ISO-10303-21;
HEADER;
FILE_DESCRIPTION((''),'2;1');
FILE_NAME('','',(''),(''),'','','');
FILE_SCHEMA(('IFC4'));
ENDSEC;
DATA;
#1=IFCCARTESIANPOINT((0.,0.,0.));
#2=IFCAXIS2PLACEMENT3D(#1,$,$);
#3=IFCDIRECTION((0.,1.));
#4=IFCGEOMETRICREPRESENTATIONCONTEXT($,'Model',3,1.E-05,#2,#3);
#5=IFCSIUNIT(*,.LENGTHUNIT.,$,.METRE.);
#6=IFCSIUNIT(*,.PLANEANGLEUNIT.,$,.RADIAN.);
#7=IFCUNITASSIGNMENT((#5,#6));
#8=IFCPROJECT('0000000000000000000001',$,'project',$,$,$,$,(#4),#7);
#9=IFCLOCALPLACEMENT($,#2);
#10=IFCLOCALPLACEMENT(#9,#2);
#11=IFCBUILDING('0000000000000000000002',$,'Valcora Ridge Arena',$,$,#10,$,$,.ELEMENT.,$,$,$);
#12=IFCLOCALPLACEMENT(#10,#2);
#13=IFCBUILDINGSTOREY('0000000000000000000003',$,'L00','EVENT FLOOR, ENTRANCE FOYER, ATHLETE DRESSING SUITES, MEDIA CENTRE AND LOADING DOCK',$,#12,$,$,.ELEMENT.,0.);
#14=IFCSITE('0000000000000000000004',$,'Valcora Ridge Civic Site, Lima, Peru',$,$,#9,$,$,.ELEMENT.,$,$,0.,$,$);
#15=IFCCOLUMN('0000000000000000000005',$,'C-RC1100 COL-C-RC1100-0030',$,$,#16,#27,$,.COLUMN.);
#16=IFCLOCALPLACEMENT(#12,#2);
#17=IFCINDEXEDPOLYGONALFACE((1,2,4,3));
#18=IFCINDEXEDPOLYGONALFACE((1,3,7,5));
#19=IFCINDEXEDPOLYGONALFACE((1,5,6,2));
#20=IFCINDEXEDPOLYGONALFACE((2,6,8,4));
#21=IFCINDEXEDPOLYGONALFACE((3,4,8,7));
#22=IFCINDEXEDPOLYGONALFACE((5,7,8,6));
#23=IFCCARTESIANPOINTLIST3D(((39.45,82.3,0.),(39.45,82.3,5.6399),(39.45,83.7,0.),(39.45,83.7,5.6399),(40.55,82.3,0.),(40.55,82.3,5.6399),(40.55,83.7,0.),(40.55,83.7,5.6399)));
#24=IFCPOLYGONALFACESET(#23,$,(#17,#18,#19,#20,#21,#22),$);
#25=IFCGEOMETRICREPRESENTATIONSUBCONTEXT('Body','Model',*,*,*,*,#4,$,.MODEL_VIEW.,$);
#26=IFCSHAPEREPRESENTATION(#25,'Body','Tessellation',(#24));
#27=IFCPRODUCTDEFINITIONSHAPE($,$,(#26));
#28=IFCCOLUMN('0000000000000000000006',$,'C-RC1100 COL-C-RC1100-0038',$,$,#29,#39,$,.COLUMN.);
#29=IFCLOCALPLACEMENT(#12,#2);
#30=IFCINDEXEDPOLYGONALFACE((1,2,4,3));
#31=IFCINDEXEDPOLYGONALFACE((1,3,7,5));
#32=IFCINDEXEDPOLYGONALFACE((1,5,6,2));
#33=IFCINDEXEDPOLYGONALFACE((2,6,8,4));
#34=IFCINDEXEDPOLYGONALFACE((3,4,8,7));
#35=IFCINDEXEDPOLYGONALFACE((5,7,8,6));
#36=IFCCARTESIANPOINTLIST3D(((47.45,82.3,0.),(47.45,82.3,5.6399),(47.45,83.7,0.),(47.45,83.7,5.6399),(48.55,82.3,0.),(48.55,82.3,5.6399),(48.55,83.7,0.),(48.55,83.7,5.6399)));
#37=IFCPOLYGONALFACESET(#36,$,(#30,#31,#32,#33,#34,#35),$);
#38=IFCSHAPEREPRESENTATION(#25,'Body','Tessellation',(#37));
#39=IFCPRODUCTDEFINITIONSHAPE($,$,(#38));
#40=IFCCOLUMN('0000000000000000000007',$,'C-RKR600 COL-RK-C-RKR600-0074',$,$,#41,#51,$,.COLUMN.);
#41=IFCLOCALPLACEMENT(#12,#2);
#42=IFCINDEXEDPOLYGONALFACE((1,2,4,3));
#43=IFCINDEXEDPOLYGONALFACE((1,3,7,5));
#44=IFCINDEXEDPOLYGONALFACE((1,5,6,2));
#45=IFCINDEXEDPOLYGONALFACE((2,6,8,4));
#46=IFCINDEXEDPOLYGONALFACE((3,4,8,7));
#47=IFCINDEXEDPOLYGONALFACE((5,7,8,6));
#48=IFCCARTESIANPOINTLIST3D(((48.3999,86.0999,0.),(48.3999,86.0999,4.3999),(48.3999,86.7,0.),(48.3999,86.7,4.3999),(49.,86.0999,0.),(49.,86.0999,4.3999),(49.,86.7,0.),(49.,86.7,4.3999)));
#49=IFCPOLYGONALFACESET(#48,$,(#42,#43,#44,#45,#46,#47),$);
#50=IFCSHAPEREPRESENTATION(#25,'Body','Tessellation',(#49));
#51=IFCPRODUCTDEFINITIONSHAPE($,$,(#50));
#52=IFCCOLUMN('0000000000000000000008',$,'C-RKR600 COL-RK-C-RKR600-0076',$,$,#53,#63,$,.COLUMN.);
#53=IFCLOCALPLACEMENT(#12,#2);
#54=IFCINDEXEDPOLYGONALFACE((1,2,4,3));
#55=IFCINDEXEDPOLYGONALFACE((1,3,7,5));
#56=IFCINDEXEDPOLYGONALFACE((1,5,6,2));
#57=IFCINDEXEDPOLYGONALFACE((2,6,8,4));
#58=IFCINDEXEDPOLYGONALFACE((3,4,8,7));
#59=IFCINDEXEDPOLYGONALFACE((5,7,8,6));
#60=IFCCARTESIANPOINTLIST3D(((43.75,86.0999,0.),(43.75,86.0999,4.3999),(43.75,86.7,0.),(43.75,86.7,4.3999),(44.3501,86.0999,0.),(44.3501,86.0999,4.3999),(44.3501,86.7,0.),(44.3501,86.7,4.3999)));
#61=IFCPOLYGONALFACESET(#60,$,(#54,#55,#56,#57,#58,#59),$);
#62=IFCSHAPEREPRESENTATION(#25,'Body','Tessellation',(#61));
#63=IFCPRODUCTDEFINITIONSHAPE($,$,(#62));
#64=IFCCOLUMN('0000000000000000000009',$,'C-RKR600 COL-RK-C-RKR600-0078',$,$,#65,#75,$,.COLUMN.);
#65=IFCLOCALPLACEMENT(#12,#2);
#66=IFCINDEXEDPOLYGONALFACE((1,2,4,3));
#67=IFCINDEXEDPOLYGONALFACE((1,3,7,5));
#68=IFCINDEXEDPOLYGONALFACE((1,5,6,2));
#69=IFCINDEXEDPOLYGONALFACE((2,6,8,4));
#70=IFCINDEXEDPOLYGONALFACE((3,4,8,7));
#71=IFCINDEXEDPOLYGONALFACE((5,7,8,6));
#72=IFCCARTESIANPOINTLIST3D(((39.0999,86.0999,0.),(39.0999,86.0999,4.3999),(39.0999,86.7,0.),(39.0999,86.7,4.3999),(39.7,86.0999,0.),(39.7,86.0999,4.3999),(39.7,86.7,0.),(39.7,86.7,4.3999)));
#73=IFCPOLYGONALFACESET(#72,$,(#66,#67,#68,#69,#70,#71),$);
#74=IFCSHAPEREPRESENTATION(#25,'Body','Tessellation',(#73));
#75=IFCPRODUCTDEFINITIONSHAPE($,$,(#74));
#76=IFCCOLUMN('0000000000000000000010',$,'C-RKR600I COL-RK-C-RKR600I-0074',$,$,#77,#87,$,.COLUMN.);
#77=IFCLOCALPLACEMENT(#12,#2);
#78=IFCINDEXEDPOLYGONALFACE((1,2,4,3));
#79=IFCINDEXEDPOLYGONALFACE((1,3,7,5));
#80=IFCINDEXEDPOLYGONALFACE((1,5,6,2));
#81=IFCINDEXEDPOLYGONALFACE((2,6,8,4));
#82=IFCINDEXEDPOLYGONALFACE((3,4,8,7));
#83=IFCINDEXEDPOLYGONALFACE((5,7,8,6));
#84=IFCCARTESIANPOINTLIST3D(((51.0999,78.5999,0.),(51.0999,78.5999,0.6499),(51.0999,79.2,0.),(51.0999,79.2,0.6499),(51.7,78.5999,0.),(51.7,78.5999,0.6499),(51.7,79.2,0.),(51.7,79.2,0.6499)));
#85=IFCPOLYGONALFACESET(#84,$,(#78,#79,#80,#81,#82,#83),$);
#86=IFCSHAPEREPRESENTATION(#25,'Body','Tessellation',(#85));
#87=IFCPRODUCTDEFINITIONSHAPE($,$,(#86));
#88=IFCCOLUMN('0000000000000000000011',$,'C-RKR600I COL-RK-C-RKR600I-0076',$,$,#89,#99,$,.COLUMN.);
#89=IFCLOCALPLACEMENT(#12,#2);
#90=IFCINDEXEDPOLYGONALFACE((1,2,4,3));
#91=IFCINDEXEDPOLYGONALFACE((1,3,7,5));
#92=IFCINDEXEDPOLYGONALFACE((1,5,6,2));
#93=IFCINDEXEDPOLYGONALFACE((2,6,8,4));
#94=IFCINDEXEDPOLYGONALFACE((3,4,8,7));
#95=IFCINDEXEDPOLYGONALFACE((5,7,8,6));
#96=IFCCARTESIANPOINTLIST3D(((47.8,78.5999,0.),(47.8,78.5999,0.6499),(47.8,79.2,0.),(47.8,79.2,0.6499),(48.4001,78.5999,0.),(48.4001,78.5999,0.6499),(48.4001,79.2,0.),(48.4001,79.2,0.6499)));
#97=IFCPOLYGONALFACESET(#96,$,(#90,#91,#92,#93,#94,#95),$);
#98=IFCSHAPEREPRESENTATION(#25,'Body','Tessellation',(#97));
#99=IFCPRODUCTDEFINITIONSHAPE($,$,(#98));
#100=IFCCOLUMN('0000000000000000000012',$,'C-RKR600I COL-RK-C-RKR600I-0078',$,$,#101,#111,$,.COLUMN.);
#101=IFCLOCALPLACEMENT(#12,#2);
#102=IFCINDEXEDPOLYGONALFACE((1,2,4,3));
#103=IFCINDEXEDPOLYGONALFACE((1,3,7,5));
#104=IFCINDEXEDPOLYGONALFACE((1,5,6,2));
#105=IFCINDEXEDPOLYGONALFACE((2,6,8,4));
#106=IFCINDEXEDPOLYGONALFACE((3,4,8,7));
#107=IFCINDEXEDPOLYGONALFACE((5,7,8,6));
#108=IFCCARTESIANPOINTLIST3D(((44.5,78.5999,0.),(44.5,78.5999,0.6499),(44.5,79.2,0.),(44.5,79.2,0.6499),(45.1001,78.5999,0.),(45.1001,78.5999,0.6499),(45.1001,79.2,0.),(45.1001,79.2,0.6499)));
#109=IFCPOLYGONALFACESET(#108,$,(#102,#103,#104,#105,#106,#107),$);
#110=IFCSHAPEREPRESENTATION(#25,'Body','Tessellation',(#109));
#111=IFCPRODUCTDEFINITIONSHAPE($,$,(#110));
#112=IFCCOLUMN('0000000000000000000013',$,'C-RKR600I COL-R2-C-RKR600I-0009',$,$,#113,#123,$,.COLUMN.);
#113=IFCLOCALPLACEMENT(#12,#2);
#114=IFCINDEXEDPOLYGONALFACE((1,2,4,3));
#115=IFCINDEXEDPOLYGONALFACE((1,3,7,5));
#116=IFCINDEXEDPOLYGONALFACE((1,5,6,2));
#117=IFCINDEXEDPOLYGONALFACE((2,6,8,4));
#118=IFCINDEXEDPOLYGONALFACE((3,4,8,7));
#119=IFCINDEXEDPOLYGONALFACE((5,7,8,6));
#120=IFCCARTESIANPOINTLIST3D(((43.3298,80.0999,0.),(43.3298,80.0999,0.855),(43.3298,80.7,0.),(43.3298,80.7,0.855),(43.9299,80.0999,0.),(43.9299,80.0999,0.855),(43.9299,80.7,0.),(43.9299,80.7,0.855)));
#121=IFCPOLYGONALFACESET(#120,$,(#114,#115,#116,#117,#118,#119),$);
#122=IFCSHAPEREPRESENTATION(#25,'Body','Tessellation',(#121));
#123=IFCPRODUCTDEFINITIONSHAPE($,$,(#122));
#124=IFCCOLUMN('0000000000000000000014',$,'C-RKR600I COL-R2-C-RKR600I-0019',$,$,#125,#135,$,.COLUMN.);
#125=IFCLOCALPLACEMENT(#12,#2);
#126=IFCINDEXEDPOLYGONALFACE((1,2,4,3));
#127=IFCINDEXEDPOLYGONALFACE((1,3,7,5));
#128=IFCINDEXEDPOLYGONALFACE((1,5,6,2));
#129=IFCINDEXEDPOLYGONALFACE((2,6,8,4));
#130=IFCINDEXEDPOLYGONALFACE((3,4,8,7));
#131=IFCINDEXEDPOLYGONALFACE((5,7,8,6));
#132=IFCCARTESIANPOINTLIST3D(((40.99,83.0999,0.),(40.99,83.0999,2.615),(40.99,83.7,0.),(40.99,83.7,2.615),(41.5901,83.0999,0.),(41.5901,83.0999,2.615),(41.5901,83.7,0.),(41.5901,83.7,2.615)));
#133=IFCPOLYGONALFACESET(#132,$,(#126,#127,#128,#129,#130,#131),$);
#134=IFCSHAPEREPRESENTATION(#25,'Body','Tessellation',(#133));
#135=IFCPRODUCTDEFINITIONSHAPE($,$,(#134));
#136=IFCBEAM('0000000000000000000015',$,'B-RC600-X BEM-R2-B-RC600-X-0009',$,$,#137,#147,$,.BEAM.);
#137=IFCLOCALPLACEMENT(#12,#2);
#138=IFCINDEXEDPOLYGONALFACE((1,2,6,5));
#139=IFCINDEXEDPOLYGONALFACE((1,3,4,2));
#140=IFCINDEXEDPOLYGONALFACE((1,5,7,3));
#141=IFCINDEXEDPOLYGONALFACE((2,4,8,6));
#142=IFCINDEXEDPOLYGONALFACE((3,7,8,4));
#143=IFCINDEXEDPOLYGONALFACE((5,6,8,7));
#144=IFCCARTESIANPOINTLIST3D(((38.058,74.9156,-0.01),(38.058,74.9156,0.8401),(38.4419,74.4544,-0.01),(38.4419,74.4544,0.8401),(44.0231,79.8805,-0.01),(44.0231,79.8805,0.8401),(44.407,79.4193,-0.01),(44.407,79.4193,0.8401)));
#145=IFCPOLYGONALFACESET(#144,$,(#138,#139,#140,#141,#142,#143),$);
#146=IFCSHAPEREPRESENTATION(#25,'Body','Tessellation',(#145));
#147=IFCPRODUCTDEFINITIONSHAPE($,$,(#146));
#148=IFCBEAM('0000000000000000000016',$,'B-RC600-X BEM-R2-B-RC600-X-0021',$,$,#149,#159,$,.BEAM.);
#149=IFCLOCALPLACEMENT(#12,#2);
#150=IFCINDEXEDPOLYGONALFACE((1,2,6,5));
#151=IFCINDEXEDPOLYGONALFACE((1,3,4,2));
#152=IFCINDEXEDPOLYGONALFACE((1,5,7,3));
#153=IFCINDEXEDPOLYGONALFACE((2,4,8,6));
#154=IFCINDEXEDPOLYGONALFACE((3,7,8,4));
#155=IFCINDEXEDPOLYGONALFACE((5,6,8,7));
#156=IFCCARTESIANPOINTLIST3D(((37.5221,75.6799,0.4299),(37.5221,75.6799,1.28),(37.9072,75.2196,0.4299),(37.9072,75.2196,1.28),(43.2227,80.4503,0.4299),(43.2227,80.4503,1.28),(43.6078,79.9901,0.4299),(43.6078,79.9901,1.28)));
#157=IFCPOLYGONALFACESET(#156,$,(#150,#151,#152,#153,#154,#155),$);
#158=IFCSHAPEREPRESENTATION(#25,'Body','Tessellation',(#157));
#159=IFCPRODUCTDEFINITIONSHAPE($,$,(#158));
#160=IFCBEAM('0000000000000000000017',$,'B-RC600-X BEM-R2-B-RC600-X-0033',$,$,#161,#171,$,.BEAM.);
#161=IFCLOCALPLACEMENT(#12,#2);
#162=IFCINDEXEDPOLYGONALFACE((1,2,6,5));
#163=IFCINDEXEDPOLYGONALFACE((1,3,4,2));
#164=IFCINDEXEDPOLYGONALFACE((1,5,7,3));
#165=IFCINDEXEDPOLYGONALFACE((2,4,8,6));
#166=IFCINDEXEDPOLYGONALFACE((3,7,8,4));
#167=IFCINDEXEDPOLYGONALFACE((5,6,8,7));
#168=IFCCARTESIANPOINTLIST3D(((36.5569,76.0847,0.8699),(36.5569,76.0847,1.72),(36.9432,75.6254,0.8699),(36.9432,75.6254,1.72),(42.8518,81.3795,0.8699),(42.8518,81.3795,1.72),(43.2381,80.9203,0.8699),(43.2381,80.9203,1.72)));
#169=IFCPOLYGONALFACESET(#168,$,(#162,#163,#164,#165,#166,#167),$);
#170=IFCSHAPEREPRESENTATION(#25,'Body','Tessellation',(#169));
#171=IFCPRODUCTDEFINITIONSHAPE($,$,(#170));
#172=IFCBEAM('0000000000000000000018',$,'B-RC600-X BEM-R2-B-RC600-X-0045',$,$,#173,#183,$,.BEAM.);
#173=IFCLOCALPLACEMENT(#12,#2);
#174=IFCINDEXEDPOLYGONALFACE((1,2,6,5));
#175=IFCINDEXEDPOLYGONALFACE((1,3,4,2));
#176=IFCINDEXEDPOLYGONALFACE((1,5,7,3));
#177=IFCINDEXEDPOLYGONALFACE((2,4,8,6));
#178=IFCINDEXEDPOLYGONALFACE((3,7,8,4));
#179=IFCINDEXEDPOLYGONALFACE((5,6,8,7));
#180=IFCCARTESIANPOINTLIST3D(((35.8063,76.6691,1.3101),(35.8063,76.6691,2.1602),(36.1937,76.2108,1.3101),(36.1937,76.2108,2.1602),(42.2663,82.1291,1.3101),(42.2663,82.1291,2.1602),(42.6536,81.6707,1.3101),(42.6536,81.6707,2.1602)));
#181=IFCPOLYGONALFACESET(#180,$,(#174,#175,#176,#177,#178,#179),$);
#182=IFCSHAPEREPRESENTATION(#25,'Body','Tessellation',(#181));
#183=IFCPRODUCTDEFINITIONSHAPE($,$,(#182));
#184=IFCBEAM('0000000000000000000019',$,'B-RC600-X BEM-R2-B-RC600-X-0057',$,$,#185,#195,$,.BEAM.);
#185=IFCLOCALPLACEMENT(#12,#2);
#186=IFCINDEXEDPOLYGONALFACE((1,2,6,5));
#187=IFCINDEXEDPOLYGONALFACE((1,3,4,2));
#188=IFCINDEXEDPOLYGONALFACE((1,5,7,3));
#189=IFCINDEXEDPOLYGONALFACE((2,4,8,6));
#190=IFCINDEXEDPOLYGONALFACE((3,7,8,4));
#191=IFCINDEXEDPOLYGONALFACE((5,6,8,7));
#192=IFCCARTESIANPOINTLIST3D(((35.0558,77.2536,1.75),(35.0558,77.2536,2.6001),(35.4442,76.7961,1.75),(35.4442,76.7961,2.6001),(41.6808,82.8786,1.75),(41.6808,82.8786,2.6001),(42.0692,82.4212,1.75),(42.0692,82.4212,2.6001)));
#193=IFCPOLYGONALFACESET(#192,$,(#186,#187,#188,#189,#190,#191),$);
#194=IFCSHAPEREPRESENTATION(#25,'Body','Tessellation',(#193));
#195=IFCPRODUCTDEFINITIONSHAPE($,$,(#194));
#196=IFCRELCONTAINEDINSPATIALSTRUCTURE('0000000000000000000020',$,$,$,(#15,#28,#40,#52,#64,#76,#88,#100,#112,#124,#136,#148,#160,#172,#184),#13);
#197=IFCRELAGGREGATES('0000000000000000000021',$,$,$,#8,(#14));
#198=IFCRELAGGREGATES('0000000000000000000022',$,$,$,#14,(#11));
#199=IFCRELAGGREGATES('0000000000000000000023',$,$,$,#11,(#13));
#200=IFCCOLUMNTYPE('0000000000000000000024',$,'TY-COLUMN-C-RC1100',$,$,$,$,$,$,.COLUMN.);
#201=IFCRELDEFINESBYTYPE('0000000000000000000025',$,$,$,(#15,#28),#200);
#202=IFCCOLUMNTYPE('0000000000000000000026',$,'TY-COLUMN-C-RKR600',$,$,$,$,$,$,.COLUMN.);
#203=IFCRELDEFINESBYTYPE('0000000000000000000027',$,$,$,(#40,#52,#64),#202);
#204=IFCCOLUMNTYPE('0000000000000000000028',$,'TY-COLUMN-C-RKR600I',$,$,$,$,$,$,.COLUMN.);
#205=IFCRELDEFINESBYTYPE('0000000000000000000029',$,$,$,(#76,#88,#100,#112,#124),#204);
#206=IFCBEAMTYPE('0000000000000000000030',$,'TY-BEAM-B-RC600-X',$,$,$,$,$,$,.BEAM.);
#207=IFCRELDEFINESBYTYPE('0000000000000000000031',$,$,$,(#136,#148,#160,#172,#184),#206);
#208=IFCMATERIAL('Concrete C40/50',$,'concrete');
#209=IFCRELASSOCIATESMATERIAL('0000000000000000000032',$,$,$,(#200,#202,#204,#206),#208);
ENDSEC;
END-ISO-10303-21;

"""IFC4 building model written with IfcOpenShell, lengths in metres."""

from ifc_helpers import new_model, si_unit, direction, frame, origin, origin_2d, place, context, subcontext, project, spatial, rectangle, extrude, material, material_profile, profile_set, type_object, element, save


model = new_model("IFC4")

# Units and contexts
model_context = context("Model", 3, precision=1e-05, world=origin(), true_north=direction((0.0, 1.0)))
body_context = subcontext(model_context, "Body", "Model", "MODEL_VIEW")
ifc_project = project(units=[si_unit("LENGTHUNIT", "METRE"), si_unit("PLANEANGLEUNIT", "RADIAN")], contexts=[model_context])

# Site, building, storey
site_placement = place(None, origin())
site = spatial("IfcSite", under=ifc_project, at=site_placement, Name="Valcora Ridge Civic Site, Lima, Peru", CompositionType="ELEMENT", RefElevation=0.0)
building_placement = place(site_placement, origin())
building = spatial("IfcBuilding", under=site, at=building_placement, Name="Valcora Ridge Arena", CompositionType="ELEMENT")
storey_placement = place(building_placement, origin())
storey = spatial("IfcBuildingStorey", under=building, at=storey_placement, Name="L00", Description="EVENT FLOOR, ENTRANCE FOYER, ATHLETE DRESSING SUITES, MEDIA CENTRE AND LOADING DOCK", CompositionType="ELEMENT", Elevation=0.0)

# Columns
ifc_material_1 = material(Name="Concrete C40/50", Category="concrete")
ifc_material_profile_1 = material_profile(ifc_material_1, rectangle(XDim=1.1001, YDim=1.3999, at=origin_2d()), Name="RC 1100x1400")
ifc_profile_set_1 = profile_set([ifc_material_profile_1], Name="Concrete C40/50")
column_type_1 = type_object("IfcColumnType", Name="TY-COLUMN-C-RC1100", PredefinedType="COLUMN", material=ifc_profile_set_1)
for number, where, z_axis, x_axis, name in (
    (1, (40.0, 83.0, 0.0), (0.0, 0.0, 1.0), (1.0, 0.0, 0.0), "C-RC1100 COL-C-RC1100-0030"),
    (2, (48.0, 83.0, 0.0), (0.0, 0.0, 1.0), (1.0, 0.0, 0.0), "C-RC1100 COL-C-RC1100-0038"),
):
    element("IfcColumn", number, at=place(storey_placement, frame(where, z_axis=z_axis, x_axis=x_axis)), inside=storey, type_object=column_type_1, Name=name, PredefinedType="COLUMN", context=body_context, shape_type="SweptSolid", body=[
        extrude(rectangle(XDim=1.1001, YDim=1.3999, at=origin_2d()), origin(), (0.0, 0.0, 1.0), 5.6399),
    ])
ifc_material_profile_2 = material_profile(ifc_material_1, rectangle(XDim=0.6001, YDim=0.6001, at=origin_2d()), Name="RC 600x600")
ifc_profile_set_2 = profile_set([ifc_material_profile_2], Name="Concrete C40/50")
column_type_2 = type_object("IfcColumnType", Name="TY-COLUMN-C-RKR600", PredefinedType="COLUMN", material=ifc_profile_set_2)
for number, where, z_axis, x_axis, name in (
    (3, (48.7, 86.3999, 0.0), (0.0, 0.0, 1.0), (1.0, 0.0, 0.0), "C-RKR600 COL-RK-C-RKR600-0074"),
    (4, (44.05, 86.3999, 0.0), (0.0, 0.0, 1.0), (1.0, 0.0, 0.0), "C-RKR600 COL-RK-C-RKR600-0076"),
    (5, (39.3999, 86.3999, 0.0), (0.0, 0.0, 1.0), (1.0, 0.0, 0.0), "C-RKR600 COL-RK-C-RKR600-0078"),
):
    element("IfcColumn", number, at=place(storey_placement, frame(where, z_axis=z_axis, x_axis=x_axis)), inside=storey, type_object=column_type_2, Name=name, PredefinedType="COLUMN", context=body_context, shape_type="SweptSolid", body=[
        extrude(rectangle(XDim=0.6001, YDim=0.6001, at=origin_2d()), origin(), (0.0, 0.0, 1.0), 4.3999),
    ])
ifc_material_profile_3 = material_profile(ifc_material_1, rectangle(XDim=0.6001, YDim=0.6001, at=origin_2d()), Name="RC 600x600")
ifc_profile_set_3 = profile_set([ifc_material_profile_3], Name="Concrete C40/50")
column_type_3 = type_object("IfcColumnType", Name="TY-COLUMN-C-RKR600I", PredefinedType="COLUMN", material=ifc_profile_set_3)
for number, where, z_axis, x_axis, name in (
    (6, (51.3999, 78.8999, 0.0), (0.0, 0.0, 1.0), (1.0, 0.0, 0.0), "C-RKR600I COL-RK-C-RKR600I-0074"),
    (7, (48.1001, 78.8999, 0.0), (0.0, 0.0, 1.0), (1.0, 0.0, 0.0), "C-RKR600I COL-RK-C-RKR600I-0076"),
    (8, (44.8, 78.8999, 0.0), (0.0, 0.0, 1.0), (1.0, 0.0, 0.0), "C-RKR600I COL-RK-C-RKR600I-0078"),
):
    element("IfcColumn", number, at=place(storey_placement, frame(where, z_axis=z_axis, x_axis=x_axis)), inside=storey, type_object=column_type_3, Name=name, PredefinedType="COLUMN", context=body_context, shape_type="SweptSolid", body=[
        extrude(rectangle(XDim=0.6001, YDim=0.6001, at=origin_2d()), origin(), (0.0, 0.0, 1.0), 0.6499),
    ])
column_1_placement = place(storey_placement, frame((43.6299, 80.3999, 0.0), z_axis=(0.0, 0.0, 1.0), x_axis=(1.0, 0.0, 0.0)))
element("IfcColumn", 9, at=column_1_placement, inside=storey, type_object=column_type_3, Name="C-RKR600I COL-R2-C-RKR600I-0009", PredefinedType="COLUMN", context=body_context, shape_type="SweptSolid", body=[
    extrude(rectangle(XDim=0.6001, YDim=0.6001, at=origin_2d()), origin(), (0.0, 0.0, 1.0), 0.855),
])
column_2_placement = place(storey_placement, frame((41.29, 83.3999, 0.0), z_axis=(0.0, 0.0, 1.0), x_axis=(1.0, 0.0, 0.0)))
element("IfcColumn", 10, at=column_2_placement, inside=storey, type_object=column_type_3, Name="C-RKR600I COL-R2-C-RKR600I-0019", PredefinedType="COLUMN", context=body_context, shape_type="SweptSolid", body=[
    extrude(rectangle(XDim=0.6001, YDim=0.6001, at=origin_2d()), origin(), (0.0, 0.0, 1.0), 2.615),
])

# Beams
ifc_material_profile_4 = material_profile(ifc_material_1, rectangle(XDim=0.6001, YDim=0.8501, at=origin_2d()), Name="RC 600x850")
ifc_profile_set_4 = profile_set([ifc_material_profile_4], Name="Concrete C40/50")
beam_type = type_object("IfcBeamType", Name="TY-BEAM-B-RC600-X", PredefinedType="BEAM", material=ifc_profile_set_4)
beam_1_placement = place(storey_placement, frame((44.2151, 79.6499, 0.415), z_axis=(-0.768605, -0.639723, 0.0), x_axis=(0.639723, -0.768605, 0.0)))
element("IfcBeam", 11, at=beam_1_placement, inside=storey, type_object=beam_type, Name="B-RC600-X BEM-R2-B-RC600-X-0009", PredefinedType="BEAM", context=body_context, shape_type="SweptSolid", body=[
    extrude(rectangle(XDim=0.6001, YDim=0.8501, at=origin_2d()), origin(), (0.0, 0.0, 1.0), 7.761),
])
beam_2_placement = place(storey_placement, frame((43.4153, 80.2202, 0.855), z_axis=(-0.766901, -0.641766, 0.0), x_axis=(0.641766, -0.766901, 0.0)))
element("IfcBeam", 12, at=beam_2_placement, inside=storey, type_object=beam_type, Name="B-RC600-X BEM-R2-B-RC600-X-0021", PredefinedType="BEAM", context=body_context, shape_type="SweptSolid", body=[
    extrude(rectangle(XDim=0.6001, YDim=0.8501, at=origin_2d()), origin(), (0.0, 0.0, 1.0), 7.4333),
])
beam_3_placement = place(storey_placement, frame((43.0449, 81.1499, 1.2949), z_axis=(-0.765274, -0.643704, 0.0), x_axis=(0.643704, -0.765274, 0.0)))
element("IfcBeam", 13, at=beam_3_placement, inside=storey, type_object=beam_type, Name="B-RC600-X BEM-R2-B-RC600-X-0033", PredefinedType="BEAM", context=body_context, shape_type="SweptSolid", body=[
    extrude(rectangle(XDim=0.6001, YDim=0.8501, at=origin_2d()), origin(), (0.0, 0.0, 1.0), 8.2256),
])
beam_4_placement = place(storey_placement, frame((42.46, 81.8999, 1.7351), z_axis=(-0.763745, -0.645518, 0.0), x_axis=(0.645518, -0.763745, 0.0)))
element("IfcBeam", 14, at=beam_4_placement, inside=storey, type_object=beam_type, Name="B-RC600-X BEM-R2-B-RC600-X-0045", PredefinedType="BEAM", context=body_context, shape_type="SweptSolid", body=[
    extrude(rectangle(XDim=0.6001, YDim=0.8501, at=origin_2d()), origin(), (0.0, 0.0, 1.0), 8.4583),
])
beam_5_placement = place(storey_placement, frame((41.875, 82.6499, 2.175), z_axis=(-0.762294, -0.647231, 0.0), x_axis=(0.647231, -0.762294, 0.0)))
element("IfcBeam", 15, at=beam_5_placement, inside=storey, type_object=beam_type, Name="B-RC600-X BEM-R2-B-RC600-X-0057", PredefinedType="BEAM", context=body_context, shape_type="SweptSolid", body=[
    extrude(rectangle(XDim=0.6001, YDim=0.8501, at=origin_2d()), origin(), (0.0, 0.0, 1.0), 8.6909),
])

save(model, "model.ifc")
